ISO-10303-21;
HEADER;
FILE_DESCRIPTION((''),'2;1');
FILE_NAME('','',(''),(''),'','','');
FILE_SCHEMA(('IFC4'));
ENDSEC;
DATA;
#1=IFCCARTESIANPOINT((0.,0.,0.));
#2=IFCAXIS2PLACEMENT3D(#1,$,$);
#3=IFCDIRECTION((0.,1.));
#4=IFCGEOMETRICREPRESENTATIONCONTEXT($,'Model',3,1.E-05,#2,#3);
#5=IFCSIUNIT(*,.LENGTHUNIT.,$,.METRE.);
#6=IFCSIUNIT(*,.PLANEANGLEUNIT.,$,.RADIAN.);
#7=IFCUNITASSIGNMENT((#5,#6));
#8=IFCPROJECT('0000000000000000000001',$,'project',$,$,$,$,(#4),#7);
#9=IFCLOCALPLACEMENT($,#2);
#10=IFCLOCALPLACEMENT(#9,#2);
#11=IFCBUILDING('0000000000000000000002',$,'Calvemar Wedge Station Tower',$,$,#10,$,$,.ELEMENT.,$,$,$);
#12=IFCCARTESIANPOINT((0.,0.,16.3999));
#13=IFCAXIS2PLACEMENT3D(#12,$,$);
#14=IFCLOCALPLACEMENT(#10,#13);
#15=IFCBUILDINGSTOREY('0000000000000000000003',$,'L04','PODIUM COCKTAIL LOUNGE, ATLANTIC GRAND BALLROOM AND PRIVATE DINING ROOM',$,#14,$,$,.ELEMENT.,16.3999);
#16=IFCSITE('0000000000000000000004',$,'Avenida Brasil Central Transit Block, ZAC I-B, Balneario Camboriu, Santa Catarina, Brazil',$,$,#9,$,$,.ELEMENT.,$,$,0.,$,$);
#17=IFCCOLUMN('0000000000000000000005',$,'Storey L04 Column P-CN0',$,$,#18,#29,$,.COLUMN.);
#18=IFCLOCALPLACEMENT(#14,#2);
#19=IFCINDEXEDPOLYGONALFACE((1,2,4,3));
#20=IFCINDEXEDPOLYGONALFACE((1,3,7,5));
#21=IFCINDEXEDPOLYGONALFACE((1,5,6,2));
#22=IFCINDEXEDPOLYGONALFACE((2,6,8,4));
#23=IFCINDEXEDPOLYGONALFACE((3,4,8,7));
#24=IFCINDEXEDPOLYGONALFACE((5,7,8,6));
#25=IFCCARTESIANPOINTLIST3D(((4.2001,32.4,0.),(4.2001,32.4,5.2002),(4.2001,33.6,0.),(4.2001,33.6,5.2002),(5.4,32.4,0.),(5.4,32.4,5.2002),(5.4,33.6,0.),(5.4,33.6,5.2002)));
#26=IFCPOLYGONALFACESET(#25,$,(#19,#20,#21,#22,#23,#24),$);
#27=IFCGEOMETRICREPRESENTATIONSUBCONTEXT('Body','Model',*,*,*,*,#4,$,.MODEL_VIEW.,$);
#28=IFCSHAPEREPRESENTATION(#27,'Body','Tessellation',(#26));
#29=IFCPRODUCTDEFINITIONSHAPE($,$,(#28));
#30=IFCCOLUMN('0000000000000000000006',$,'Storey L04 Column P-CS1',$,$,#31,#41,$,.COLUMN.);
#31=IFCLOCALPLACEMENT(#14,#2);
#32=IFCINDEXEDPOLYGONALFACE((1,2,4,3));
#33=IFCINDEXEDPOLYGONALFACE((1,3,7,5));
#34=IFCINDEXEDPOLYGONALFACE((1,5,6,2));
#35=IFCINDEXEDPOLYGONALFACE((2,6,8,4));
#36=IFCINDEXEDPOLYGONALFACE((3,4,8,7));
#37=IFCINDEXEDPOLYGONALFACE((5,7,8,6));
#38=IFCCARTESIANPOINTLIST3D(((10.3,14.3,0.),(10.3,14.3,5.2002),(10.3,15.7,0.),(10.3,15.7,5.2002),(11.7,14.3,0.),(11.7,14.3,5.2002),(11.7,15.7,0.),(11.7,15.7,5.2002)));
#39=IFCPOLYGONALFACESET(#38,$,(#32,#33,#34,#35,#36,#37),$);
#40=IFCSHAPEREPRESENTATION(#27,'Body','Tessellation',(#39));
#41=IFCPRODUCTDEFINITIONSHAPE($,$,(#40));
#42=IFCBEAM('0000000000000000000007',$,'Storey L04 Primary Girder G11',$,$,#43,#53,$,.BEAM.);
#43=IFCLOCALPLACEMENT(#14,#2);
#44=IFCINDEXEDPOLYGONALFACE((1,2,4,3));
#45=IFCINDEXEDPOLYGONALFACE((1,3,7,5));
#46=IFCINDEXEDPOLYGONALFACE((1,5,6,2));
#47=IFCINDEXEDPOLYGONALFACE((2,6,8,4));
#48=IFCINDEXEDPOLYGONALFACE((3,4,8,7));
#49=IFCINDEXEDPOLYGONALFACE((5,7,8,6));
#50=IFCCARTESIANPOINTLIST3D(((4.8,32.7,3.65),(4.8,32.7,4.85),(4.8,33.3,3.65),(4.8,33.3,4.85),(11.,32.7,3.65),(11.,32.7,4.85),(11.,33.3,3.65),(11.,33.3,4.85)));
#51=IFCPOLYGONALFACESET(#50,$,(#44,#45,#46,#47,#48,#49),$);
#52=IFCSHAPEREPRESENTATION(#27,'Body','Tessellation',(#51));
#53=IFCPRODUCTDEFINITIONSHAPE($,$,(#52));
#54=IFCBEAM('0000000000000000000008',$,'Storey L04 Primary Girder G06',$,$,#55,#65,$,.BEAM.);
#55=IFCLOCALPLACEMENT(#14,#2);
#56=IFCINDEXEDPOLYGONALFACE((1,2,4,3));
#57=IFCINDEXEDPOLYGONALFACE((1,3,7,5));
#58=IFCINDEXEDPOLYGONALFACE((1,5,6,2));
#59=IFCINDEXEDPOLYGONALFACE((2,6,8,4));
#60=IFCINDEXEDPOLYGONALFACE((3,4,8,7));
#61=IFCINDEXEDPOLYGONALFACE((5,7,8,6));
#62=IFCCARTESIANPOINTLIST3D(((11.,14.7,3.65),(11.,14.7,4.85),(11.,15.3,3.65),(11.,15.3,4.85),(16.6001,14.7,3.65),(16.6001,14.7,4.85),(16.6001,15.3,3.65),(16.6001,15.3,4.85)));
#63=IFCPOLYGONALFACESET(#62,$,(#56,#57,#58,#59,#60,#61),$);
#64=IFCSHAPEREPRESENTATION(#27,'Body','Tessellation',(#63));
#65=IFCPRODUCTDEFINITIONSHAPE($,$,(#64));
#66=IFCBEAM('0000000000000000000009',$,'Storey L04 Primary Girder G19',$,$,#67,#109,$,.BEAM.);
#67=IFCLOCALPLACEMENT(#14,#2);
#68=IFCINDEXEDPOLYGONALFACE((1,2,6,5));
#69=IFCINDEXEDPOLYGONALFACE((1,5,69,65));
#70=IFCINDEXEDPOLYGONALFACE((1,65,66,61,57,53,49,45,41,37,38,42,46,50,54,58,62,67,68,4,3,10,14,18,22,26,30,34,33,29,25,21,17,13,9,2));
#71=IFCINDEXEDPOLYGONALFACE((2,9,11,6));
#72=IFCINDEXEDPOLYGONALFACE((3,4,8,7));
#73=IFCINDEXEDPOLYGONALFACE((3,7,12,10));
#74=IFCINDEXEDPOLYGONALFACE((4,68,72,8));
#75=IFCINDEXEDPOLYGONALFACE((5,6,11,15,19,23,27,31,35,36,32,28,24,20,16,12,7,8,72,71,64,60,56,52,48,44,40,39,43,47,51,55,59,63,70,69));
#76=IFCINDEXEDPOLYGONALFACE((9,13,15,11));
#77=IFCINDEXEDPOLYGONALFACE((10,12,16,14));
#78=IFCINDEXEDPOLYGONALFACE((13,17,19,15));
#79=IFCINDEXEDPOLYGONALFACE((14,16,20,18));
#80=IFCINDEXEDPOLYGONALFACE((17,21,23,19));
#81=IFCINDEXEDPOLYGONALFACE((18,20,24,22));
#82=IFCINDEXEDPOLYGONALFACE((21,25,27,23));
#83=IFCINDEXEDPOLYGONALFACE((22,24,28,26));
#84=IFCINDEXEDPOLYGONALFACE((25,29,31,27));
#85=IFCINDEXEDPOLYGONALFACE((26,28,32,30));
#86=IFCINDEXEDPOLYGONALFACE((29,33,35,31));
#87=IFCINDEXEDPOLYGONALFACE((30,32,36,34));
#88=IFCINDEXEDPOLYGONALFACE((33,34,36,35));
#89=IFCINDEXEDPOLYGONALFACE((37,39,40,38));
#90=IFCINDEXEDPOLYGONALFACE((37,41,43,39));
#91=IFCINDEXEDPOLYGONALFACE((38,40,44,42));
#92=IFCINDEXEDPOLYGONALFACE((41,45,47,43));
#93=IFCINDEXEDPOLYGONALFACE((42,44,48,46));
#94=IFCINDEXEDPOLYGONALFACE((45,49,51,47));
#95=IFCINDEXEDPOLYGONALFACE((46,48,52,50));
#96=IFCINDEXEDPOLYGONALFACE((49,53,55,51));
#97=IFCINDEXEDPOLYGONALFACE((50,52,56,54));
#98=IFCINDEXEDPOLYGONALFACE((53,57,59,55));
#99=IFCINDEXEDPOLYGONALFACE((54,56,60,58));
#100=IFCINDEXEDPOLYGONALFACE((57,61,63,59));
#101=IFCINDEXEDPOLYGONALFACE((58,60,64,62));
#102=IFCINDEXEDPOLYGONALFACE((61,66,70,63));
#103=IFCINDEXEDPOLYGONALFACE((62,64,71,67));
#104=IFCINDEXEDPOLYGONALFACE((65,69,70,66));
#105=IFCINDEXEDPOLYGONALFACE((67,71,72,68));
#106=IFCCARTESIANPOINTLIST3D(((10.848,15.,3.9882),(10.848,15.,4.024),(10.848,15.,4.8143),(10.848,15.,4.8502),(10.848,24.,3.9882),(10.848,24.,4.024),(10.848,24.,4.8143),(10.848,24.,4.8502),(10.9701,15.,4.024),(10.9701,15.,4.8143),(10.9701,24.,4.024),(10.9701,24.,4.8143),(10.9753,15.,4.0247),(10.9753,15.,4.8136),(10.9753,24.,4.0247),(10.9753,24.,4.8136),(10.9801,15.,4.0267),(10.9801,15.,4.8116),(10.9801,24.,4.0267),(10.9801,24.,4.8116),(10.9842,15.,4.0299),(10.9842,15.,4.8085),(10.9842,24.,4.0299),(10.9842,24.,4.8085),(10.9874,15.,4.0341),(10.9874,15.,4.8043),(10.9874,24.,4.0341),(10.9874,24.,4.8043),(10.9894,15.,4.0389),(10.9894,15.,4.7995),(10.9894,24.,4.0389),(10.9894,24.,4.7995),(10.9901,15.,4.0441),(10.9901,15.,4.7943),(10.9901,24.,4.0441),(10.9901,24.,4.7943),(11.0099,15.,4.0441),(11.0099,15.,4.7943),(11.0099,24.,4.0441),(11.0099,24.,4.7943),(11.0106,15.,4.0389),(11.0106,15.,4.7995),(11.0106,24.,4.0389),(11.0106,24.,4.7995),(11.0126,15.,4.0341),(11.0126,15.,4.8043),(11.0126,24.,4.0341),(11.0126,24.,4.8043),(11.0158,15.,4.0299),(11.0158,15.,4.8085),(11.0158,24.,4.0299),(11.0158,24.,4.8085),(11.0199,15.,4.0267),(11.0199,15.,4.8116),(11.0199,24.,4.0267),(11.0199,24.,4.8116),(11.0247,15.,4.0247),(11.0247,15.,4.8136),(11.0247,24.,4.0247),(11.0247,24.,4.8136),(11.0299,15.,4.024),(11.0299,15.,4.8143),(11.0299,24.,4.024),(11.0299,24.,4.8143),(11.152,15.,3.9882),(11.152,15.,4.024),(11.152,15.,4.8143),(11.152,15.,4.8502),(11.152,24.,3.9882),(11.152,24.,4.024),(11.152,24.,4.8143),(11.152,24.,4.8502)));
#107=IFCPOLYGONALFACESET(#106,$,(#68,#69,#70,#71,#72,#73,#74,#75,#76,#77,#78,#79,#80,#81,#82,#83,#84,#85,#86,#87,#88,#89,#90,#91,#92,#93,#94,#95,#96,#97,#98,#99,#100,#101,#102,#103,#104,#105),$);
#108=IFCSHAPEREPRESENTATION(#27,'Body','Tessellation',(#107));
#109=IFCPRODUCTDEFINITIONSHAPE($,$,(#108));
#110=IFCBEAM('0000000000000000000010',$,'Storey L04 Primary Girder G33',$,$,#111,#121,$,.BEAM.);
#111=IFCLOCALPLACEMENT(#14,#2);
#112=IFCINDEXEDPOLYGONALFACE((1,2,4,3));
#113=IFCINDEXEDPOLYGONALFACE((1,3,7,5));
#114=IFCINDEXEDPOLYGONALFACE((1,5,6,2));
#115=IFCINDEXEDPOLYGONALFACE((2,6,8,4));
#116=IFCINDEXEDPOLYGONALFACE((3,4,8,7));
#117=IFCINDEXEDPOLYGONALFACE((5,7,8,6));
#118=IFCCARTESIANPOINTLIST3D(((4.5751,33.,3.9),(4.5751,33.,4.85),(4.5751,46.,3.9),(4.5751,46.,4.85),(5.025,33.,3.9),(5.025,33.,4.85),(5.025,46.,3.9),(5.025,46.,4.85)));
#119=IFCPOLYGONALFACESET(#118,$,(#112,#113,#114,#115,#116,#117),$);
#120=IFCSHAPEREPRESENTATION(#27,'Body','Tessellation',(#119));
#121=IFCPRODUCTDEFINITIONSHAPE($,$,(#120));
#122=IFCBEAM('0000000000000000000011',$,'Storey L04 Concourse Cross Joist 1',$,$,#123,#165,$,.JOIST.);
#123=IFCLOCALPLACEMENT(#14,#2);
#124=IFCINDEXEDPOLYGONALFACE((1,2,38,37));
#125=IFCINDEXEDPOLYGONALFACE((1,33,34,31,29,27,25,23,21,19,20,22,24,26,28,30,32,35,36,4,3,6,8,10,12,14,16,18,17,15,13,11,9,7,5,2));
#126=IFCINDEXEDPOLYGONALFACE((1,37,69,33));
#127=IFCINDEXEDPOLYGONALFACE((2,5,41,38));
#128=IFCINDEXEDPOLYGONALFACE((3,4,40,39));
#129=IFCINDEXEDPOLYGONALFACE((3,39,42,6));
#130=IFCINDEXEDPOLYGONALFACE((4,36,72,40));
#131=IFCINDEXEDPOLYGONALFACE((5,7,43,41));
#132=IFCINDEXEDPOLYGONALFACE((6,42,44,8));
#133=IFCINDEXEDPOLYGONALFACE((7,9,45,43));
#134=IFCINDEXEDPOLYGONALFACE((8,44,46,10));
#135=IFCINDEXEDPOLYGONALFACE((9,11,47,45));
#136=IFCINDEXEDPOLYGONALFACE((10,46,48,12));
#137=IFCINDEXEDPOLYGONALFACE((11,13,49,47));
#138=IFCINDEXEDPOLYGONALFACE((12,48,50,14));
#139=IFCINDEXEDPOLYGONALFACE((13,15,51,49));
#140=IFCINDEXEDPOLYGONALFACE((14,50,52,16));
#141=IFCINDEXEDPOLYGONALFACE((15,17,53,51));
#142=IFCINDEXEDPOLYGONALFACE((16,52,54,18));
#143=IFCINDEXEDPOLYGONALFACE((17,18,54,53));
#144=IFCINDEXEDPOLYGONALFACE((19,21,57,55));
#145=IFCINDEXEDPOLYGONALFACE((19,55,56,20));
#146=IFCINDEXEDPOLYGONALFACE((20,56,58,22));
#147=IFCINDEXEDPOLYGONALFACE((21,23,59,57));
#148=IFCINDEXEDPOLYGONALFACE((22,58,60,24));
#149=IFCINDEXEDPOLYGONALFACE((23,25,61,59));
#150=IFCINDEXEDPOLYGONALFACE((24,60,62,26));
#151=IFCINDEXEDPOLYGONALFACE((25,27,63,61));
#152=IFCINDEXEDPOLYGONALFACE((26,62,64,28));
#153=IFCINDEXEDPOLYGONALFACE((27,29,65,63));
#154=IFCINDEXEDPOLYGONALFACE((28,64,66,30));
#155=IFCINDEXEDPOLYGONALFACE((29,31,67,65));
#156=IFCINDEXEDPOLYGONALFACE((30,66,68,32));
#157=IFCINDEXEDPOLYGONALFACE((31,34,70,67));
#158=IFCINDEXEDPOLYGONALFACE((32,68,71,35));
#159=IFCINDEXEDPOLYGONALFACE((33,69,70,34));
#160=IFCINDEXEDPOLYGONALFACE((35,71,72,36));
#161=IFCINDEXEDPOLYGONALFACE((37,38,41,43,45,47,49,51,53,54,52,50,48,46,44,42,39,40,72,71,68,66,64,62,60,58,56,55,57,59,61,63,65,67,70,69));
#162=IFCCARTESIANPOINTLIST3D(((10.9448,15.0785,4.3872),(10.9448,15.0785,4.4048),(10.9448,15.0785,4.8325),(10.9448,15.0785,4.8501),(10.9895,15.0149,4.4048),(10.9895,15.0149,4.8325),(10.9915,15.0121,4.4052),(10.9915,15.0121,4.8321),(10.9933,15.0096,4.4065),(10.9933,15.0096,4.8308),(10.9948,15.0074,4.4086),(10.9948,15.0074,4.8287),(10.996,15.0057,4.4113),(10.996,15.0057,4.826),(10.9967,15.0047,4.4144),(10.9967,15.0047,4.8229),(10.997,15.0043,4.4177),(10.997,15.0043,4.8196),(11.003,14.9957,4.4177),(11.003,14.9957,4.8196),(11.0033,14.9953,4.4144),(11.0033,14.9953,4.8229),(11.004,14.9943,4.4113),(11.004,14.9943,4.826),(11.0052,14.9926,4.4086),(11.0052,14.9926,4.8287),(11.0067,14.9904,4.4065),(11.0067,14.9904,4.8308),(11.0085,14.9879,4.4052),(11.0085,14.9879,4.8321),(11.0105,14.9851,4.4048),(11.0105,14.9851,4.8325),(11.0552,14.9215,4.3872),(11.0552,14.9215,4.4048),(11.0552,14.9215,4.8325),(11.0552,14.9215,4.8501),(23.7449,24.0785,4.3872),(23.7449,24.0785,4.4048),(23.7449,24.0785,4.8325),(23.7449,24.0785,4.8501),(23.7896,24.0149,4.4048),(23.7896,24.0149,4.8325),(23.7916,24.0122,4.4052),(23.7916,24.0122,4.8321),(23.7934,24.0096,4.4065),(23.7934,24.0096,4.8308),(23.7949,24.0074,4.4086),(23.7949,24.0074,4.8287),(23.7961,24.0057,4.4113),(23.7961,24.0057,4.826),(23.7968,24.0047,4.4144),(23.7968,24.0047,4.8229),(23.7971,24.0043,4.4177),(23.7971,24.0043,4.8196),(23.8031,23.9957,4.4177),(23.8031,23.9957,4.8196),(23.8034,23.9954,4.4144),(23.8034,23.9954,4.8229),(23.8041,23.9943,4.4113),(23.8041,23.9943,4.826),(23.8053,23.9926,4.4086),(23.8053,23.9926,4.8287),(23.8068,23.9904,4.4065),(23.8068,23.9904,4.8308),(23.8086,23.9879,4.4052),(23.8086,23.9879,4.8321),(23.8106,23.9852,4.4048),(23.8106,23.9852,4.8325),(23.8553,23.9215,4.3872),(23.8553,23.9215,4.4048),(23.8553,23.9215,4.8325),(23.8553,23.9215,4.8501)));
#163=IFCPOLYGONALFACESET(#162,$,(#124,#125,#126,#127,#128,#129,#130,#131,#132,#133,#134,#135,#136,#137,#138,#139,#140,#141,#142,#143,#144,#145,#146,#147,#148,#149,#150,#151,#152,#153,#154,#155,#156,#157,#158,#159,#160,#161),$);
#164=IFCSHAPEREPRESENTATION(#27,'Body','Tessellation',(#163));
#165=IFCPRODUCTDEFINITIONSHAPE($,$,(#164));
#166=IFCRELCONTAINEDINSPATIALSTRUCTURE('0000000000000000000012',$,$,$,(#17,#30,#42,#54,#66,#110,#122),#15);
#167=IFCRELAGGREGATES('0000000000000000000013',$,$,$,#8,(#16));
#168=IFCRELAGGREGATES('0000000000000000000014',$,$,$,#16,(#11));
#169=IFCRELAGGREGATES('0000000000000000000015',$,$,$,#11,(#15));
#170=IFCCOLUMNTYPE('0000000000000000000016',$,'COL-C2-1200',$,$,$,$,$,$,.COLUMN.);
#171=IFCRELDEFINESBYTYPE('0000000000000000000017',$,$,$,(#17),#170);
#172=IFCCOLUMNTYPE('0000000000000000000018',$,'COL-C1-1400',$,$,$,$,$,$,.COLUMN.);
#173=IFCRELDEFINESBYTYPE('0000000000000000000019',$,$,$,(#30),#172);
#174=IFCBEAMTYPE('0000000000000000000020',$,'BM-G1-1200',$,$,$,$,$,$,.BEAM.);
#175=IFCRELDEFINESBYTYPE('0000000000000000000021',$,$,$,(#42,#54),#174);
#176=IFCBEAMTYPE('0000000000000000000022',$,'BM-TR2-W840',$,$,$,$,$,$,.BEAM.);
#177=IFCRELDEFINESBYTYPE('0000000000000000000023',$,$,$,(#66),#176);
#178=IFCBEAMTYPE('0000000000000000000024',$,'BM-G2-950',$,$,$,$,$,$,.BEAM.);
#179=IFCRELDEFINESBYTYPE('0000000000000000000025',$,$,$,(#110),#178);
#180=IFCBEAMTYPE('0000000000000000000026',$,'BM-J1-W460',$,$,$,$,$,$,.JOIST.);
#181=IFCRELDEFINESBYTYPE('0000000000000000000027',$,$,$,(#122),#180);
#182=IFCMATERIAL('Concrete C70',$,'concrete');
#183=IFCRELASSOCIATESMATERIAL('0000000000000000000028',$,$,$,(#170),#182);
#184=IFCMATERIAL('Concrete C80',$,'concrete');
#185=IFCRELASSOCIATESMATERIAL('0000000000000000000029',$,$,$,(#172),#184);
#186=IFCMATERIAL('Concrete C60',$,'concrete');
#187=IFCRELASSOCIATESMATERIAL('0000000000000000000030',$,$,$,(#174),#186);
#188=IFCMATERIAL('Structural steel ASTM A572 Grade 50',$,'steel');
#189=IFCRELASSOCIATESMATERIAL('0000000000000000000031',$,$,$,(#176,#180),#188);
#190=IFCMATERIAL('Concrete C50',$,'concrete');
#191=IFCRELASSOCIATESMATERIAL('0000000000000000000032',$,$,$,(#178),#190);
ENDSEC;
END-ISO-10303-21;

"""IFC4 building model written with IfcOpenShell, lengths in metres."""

from ifc_helpers import new_model, si_unit, direction, frame, origin, origin_2d, place, context, subcontext, project, spatial, rectangle, i_section, extrude, source, transform, mapped, material, material_profile, profile_set, type_object, element, save


model = new_model("IFC4")

# Units and contexts
model_context = context("Model", 3, precision=1e-05, world=origin(), true_north=direction((0.0, 1.0)))
body_context = subcontext(model_context, "Body", "Model", "MODEL_VIEW")
ifc_project = project(units=[si_unit("LENGTHUNIT", "METRE"), si_unit("PLANEANGLEUNIT", "RADIAN")], contexts=[model_context])

# Site, building, storey
site_placement = place(None, origin())
site = spatial("IfcSite", under=ifc_project, at=site_placement, Name="Avenida Brasil Central Transit Block, ZAC I-B, Balneario Camboriu, Santa Catarina, Brazil", CompositionType="ELEMENT", RefElevation=0.0)
building_placement = place(site_placement, origin())
building = spatial("IfcBuilding", under=site, at=building_placement, Name="Calvemar Wedge Station Tower", CompositionType="ELEMENT")
storey_placement = place(building_placement, frame((0.0, 0.0, 16.3999)))
storey = spatial("IfcBuildingStorey", under=building, at=storey_placement, Name="L04", Description="PODIUM COCKTAIL LOUNGE, ATLANTIC GRAND BALLROOM AND PRIVATE DINING ROOM", CompositionType="ELEMENT", Elevation=16.3999)

# Columns
ifc_material_1 = material(Name="Concrete C70", Category="concrete")
ifc_material_profile_1 = material_profile(ifc_material_1, rectangle(XDim=1.2, YDim=1.2, at=origin_2d()), Name="RC1200x1200")
ifc_profile_set_1 = profile_set([ifc_material_profile_1], Name="Concrete C70")
column_type_1 = type_object("IfcColumnType", Name="COL-C2-1200", PredefinedType="COLUMN", material=ifc_profile_set_1)
shared_shape_1 = source(origin(), body_context, "Body", "SweptSolid", [
    extrude(rectangle(XDim=1.2, YDim=1.2, at=origin_2d()), origin(), (0.0, 0.0, 1.0), 5.2002),
])
column_1_placement = place(storey_placement, frame((4.8, 33.0, 0.0), z_axis=(0.0, 0.0, 1.0), x_axis=(1.0, 0.0, 0.0)))
element("IfcColumn", 1, at=column_1_placement, inside=storey, type_object=column_type_1, Name="Storey L04 Column P-CN0", PredefinedType="COLUMN", context=body_context, shape_type="MappedRepresentation", body=[
    mapped(shared_shape_1, transform((0.0, 0.0, 0.0), scale=1.0)),
])
ifc_material_2 = material(Name="Concrete C80", Category="concrete")
ifc_material_profile_2 = material_profile(ifc_material_2, rectangle(XDim=1.3999, YDim=1.3999, at=origin_2d()), Name="RC1400x1400")
ifc_profile_set_2 = profile_set([ifc_material_profile_2], Name="Concrete C80")
column_type_2 = type_object("IfcColumnType", Name="COL-C1-1400", PredefinedType="COLUMN", material=ifc_profile_set_2)
shared_shape_2 = source(origin(), body_context, "Body", "SweptSolid", [
    extrude(rectangle(XDim=1.3999, YDim=1.3999, at=origin_2d()), origin(), (0.0, 0.0, 1.0), 5.2002),
])
column_2_placement = place(storey_placement, frame((11.0, 15.0, 0.0), z_axis=(0.0, 0.0, 1.0), x_axis=(1.0, 0.0, 0.0)))
element("IfcColumn", 2, at=column_2_placement, inside=storey, type_object=column_type_2, Name="Storey L04 Column P-CS1", PredefinedType="COLUMN", context=body_context, shape_type="MappedRepresentation", body=[
    mapped(shared_shape_2, transform((0.0, 0.0, 0.0), scale=1.0)),
])

# Beams
ifc_material_3 = material(Name="Concrete C60", Category="concrete")
ifc_material_profile_3 = material_profile(ifc_material_3, rectangle(XDim=0.6001, YDim=1.2, at=origin_2d()), Name="RC600x1200")
ifc_profile_set_3 = profile_set([ifc_material_profile_3], Name="Concrete C60")
beam_type_1 = type_object("IfcBeamType", Name="BM-G1-1200", PredefinedType="BEAM", material=ifc_profile_set_3)
shared_shape_3 = source(origin(), body_context, "Body", "SweptSolid", [
    extrude(rectangle(XDim=0.6001, YDim=1.2, at=origin_2d()), origin(), (0.0, 0.0, 1.0), 6.2),
])
beam_1_placement = place(storey_placement, frame((4.8, 33.0, 4.25), z_axis=(1.0, 0.0, 0.0), x_axis=(0.0, 1.0, 0.0)))
element("IfcBeam", 3, at=beam_1_placement, inside=storey, type_object=beam_type_1, Name="Storey L04 Primary Girder G11", PredefinedType="BEAM", context=body_context, shape_type="MappedRepresentation", body=[
    mapped(shared_shape_3, transform((0.0, 0.0, 0.0), scale=1.0)),
])
shared_shape_4 = source(origin(), body_context, "Body", "SweptSolid", [
    extrude(rectangle(XDim=0.6001, YDim=1.2, at=origin_2d()), origin(), (0.0, 0.0, 1.0), 5.6001),
])
beam_2_placement = place(storey_placement, frame((11.0, 15.0, 4.25), z_axis=(1.0, 0.0, 0.0), x_axis=(0.0, 1.0, 0.0)))
element("IfcBeam", 4, at=beam_2_placement, inside=storey, type_object=beam_type_1, Name="Storey L04 Primary Girder G06", PredefinedType="BEAM", context=body_context, shape_type="MappedRepresentation", body=[
    mapped(shared_shape_4, transform((0.0, 0.0, 0.0), scale=1.0)),
])
ifc_material_4 = material(Name="Structural steel ASTM A572 Grade 50", Category="steel")
ifc_material_profile_4 = material_profile(ifc_material_4, i_section(OverallWidth=0.304, OverallDepth=0.8621, WebThickness=0.0198, FlangeThickness=0.0359, FilletRadius=0.02, at=origin_2d()), Name="W840x329")
ifc_profile_set_4 = profile_set([ifc_material_profile_4], Name="Structural steel ASTM A572 Grade 50")
beam_type_2 = type_object("IfcBeamType", Name="BM-TR2-W840", PredefinedType="BEAM", material=ifc_profile_set_4)
shared_shape_5 = source(origin(), body_context, "Body", "SweptSolid", [
    extrude(i_section(OverallWidth=0.304, OverallDepth=0.8621, WebThickness=0.0198, FlangeThickness=0.0359, FilletRadius=0.02, at=origin_2d()), origin(), (0.0, 0.0, 1.0), 9.0),
])
beam_3_placement = place(storey_placement, frame((11.0, 15.0, 4.4192), z_axis=(0.0, 1.0, 0.0), x_axis=(-1.0, 0.0, 0.0)))
element("IfcBeam", 5, at=beam_3_placement, inside=storey, type_object=beam_type_2, Name="Storey L04 Primary Girder G19", PredefinedType="BEAM", context=body_context, shape_type="MappedRepresentation", body=[
    mapped(shared_shape_5, transform((0.0, 0.0, 0.0), scale=1.0)),
])
ifc_material_5 = material(Name="Concrete C50", Category="concrete")
ifc_material_profile_5 = material_profile(ifc_material_5, rectangle(XDim=0.45, YDim=0.95, at=origin_2d()), Name="RC450x950")
ifc_profile_set_5 = profile_set([ifc_material_profile_5], Name="Concrete C50")
beam_type_3 = type_object("IfcBeamType", Name="BM-G2-950", PredefinedType="BEAM", material=ifc_profile_set_5)
shared_shape_6 = source(origin(), body_context, "Body", "SweptSolid", [
    extrude(rectangle(XDim=0.45, YDim=0.95, at=origin_2d()), origin(), (0.0, 0.0, 1.0), 13.0),
])
beam_4_placement = place(storey_placement, frame((4.8, 33.0, 4.375), z_axis=(0.0, 1.0, 0.0), x_axis=(-1.0, 0.0, 0.0)))
element("IfcBeam", 6, at=beam_4_placement, inside=storey, type_object=beam_type_3, Name="Storey L04 Primary Girder G33", PredefinedType="BEAM", context=body_context, shape_type="MappedRepresentation", body=[
    mapped(shared_shape_6, transform((0.0, 0.0, 0.0), scale=1.0)),
])
ifc_material_profile_6 = material_profile(ifc_material_4, i_section(OverallWidth=0.1919, OverallDepth=0.4629, WebThickness=0.0105, FlangeThickness=0.0176, FilletRadius=0.0129, at=origin_2d()), Name="W460x89")
ifc_profile_set_6 = profile_set([ifc_material_profile_6], Name="Structural steel ASTM A572 Grade 50")
beam_type_4 = type_object("IfcBeamType", Name="BM-J1-W460", PredefinedType="JOIST", material=ifc_profile_set_6)
shared_shape_7 = source(origin(), body_context, "Body", "SweptSolid", [
    extrude(i_section(OverallWidth=0.1919, OverallDepth=0.4629, WebThickness=0.0105, FlangeThickness=0.0176, FilletRadius=0.0129, at=origin_2d()), origin(), (0.0, 0.0, 1.0), 15.6475),
])
beam_5_placement = place(storey_placement, frame((11.0, 15.0, 4.6187), z_axis=(0.81803, 0.575175, 0.0), x_axis=(-0.575175, 0.81803, 0.0)))
element("IfcBeam", 7, at=beam_5_placement, inside=storey, type_object=beam_type_4, Name="Storey L04 Concourse Cross Joist 1", PredefinedType="JOIST", context=body_context, shape_type="MappedRepresentation", body=[
    mapped(shared_shape_7, transform((0.0, 0.0, 0.0), scale=1.0)),
])

save(model, "model.ifc")
